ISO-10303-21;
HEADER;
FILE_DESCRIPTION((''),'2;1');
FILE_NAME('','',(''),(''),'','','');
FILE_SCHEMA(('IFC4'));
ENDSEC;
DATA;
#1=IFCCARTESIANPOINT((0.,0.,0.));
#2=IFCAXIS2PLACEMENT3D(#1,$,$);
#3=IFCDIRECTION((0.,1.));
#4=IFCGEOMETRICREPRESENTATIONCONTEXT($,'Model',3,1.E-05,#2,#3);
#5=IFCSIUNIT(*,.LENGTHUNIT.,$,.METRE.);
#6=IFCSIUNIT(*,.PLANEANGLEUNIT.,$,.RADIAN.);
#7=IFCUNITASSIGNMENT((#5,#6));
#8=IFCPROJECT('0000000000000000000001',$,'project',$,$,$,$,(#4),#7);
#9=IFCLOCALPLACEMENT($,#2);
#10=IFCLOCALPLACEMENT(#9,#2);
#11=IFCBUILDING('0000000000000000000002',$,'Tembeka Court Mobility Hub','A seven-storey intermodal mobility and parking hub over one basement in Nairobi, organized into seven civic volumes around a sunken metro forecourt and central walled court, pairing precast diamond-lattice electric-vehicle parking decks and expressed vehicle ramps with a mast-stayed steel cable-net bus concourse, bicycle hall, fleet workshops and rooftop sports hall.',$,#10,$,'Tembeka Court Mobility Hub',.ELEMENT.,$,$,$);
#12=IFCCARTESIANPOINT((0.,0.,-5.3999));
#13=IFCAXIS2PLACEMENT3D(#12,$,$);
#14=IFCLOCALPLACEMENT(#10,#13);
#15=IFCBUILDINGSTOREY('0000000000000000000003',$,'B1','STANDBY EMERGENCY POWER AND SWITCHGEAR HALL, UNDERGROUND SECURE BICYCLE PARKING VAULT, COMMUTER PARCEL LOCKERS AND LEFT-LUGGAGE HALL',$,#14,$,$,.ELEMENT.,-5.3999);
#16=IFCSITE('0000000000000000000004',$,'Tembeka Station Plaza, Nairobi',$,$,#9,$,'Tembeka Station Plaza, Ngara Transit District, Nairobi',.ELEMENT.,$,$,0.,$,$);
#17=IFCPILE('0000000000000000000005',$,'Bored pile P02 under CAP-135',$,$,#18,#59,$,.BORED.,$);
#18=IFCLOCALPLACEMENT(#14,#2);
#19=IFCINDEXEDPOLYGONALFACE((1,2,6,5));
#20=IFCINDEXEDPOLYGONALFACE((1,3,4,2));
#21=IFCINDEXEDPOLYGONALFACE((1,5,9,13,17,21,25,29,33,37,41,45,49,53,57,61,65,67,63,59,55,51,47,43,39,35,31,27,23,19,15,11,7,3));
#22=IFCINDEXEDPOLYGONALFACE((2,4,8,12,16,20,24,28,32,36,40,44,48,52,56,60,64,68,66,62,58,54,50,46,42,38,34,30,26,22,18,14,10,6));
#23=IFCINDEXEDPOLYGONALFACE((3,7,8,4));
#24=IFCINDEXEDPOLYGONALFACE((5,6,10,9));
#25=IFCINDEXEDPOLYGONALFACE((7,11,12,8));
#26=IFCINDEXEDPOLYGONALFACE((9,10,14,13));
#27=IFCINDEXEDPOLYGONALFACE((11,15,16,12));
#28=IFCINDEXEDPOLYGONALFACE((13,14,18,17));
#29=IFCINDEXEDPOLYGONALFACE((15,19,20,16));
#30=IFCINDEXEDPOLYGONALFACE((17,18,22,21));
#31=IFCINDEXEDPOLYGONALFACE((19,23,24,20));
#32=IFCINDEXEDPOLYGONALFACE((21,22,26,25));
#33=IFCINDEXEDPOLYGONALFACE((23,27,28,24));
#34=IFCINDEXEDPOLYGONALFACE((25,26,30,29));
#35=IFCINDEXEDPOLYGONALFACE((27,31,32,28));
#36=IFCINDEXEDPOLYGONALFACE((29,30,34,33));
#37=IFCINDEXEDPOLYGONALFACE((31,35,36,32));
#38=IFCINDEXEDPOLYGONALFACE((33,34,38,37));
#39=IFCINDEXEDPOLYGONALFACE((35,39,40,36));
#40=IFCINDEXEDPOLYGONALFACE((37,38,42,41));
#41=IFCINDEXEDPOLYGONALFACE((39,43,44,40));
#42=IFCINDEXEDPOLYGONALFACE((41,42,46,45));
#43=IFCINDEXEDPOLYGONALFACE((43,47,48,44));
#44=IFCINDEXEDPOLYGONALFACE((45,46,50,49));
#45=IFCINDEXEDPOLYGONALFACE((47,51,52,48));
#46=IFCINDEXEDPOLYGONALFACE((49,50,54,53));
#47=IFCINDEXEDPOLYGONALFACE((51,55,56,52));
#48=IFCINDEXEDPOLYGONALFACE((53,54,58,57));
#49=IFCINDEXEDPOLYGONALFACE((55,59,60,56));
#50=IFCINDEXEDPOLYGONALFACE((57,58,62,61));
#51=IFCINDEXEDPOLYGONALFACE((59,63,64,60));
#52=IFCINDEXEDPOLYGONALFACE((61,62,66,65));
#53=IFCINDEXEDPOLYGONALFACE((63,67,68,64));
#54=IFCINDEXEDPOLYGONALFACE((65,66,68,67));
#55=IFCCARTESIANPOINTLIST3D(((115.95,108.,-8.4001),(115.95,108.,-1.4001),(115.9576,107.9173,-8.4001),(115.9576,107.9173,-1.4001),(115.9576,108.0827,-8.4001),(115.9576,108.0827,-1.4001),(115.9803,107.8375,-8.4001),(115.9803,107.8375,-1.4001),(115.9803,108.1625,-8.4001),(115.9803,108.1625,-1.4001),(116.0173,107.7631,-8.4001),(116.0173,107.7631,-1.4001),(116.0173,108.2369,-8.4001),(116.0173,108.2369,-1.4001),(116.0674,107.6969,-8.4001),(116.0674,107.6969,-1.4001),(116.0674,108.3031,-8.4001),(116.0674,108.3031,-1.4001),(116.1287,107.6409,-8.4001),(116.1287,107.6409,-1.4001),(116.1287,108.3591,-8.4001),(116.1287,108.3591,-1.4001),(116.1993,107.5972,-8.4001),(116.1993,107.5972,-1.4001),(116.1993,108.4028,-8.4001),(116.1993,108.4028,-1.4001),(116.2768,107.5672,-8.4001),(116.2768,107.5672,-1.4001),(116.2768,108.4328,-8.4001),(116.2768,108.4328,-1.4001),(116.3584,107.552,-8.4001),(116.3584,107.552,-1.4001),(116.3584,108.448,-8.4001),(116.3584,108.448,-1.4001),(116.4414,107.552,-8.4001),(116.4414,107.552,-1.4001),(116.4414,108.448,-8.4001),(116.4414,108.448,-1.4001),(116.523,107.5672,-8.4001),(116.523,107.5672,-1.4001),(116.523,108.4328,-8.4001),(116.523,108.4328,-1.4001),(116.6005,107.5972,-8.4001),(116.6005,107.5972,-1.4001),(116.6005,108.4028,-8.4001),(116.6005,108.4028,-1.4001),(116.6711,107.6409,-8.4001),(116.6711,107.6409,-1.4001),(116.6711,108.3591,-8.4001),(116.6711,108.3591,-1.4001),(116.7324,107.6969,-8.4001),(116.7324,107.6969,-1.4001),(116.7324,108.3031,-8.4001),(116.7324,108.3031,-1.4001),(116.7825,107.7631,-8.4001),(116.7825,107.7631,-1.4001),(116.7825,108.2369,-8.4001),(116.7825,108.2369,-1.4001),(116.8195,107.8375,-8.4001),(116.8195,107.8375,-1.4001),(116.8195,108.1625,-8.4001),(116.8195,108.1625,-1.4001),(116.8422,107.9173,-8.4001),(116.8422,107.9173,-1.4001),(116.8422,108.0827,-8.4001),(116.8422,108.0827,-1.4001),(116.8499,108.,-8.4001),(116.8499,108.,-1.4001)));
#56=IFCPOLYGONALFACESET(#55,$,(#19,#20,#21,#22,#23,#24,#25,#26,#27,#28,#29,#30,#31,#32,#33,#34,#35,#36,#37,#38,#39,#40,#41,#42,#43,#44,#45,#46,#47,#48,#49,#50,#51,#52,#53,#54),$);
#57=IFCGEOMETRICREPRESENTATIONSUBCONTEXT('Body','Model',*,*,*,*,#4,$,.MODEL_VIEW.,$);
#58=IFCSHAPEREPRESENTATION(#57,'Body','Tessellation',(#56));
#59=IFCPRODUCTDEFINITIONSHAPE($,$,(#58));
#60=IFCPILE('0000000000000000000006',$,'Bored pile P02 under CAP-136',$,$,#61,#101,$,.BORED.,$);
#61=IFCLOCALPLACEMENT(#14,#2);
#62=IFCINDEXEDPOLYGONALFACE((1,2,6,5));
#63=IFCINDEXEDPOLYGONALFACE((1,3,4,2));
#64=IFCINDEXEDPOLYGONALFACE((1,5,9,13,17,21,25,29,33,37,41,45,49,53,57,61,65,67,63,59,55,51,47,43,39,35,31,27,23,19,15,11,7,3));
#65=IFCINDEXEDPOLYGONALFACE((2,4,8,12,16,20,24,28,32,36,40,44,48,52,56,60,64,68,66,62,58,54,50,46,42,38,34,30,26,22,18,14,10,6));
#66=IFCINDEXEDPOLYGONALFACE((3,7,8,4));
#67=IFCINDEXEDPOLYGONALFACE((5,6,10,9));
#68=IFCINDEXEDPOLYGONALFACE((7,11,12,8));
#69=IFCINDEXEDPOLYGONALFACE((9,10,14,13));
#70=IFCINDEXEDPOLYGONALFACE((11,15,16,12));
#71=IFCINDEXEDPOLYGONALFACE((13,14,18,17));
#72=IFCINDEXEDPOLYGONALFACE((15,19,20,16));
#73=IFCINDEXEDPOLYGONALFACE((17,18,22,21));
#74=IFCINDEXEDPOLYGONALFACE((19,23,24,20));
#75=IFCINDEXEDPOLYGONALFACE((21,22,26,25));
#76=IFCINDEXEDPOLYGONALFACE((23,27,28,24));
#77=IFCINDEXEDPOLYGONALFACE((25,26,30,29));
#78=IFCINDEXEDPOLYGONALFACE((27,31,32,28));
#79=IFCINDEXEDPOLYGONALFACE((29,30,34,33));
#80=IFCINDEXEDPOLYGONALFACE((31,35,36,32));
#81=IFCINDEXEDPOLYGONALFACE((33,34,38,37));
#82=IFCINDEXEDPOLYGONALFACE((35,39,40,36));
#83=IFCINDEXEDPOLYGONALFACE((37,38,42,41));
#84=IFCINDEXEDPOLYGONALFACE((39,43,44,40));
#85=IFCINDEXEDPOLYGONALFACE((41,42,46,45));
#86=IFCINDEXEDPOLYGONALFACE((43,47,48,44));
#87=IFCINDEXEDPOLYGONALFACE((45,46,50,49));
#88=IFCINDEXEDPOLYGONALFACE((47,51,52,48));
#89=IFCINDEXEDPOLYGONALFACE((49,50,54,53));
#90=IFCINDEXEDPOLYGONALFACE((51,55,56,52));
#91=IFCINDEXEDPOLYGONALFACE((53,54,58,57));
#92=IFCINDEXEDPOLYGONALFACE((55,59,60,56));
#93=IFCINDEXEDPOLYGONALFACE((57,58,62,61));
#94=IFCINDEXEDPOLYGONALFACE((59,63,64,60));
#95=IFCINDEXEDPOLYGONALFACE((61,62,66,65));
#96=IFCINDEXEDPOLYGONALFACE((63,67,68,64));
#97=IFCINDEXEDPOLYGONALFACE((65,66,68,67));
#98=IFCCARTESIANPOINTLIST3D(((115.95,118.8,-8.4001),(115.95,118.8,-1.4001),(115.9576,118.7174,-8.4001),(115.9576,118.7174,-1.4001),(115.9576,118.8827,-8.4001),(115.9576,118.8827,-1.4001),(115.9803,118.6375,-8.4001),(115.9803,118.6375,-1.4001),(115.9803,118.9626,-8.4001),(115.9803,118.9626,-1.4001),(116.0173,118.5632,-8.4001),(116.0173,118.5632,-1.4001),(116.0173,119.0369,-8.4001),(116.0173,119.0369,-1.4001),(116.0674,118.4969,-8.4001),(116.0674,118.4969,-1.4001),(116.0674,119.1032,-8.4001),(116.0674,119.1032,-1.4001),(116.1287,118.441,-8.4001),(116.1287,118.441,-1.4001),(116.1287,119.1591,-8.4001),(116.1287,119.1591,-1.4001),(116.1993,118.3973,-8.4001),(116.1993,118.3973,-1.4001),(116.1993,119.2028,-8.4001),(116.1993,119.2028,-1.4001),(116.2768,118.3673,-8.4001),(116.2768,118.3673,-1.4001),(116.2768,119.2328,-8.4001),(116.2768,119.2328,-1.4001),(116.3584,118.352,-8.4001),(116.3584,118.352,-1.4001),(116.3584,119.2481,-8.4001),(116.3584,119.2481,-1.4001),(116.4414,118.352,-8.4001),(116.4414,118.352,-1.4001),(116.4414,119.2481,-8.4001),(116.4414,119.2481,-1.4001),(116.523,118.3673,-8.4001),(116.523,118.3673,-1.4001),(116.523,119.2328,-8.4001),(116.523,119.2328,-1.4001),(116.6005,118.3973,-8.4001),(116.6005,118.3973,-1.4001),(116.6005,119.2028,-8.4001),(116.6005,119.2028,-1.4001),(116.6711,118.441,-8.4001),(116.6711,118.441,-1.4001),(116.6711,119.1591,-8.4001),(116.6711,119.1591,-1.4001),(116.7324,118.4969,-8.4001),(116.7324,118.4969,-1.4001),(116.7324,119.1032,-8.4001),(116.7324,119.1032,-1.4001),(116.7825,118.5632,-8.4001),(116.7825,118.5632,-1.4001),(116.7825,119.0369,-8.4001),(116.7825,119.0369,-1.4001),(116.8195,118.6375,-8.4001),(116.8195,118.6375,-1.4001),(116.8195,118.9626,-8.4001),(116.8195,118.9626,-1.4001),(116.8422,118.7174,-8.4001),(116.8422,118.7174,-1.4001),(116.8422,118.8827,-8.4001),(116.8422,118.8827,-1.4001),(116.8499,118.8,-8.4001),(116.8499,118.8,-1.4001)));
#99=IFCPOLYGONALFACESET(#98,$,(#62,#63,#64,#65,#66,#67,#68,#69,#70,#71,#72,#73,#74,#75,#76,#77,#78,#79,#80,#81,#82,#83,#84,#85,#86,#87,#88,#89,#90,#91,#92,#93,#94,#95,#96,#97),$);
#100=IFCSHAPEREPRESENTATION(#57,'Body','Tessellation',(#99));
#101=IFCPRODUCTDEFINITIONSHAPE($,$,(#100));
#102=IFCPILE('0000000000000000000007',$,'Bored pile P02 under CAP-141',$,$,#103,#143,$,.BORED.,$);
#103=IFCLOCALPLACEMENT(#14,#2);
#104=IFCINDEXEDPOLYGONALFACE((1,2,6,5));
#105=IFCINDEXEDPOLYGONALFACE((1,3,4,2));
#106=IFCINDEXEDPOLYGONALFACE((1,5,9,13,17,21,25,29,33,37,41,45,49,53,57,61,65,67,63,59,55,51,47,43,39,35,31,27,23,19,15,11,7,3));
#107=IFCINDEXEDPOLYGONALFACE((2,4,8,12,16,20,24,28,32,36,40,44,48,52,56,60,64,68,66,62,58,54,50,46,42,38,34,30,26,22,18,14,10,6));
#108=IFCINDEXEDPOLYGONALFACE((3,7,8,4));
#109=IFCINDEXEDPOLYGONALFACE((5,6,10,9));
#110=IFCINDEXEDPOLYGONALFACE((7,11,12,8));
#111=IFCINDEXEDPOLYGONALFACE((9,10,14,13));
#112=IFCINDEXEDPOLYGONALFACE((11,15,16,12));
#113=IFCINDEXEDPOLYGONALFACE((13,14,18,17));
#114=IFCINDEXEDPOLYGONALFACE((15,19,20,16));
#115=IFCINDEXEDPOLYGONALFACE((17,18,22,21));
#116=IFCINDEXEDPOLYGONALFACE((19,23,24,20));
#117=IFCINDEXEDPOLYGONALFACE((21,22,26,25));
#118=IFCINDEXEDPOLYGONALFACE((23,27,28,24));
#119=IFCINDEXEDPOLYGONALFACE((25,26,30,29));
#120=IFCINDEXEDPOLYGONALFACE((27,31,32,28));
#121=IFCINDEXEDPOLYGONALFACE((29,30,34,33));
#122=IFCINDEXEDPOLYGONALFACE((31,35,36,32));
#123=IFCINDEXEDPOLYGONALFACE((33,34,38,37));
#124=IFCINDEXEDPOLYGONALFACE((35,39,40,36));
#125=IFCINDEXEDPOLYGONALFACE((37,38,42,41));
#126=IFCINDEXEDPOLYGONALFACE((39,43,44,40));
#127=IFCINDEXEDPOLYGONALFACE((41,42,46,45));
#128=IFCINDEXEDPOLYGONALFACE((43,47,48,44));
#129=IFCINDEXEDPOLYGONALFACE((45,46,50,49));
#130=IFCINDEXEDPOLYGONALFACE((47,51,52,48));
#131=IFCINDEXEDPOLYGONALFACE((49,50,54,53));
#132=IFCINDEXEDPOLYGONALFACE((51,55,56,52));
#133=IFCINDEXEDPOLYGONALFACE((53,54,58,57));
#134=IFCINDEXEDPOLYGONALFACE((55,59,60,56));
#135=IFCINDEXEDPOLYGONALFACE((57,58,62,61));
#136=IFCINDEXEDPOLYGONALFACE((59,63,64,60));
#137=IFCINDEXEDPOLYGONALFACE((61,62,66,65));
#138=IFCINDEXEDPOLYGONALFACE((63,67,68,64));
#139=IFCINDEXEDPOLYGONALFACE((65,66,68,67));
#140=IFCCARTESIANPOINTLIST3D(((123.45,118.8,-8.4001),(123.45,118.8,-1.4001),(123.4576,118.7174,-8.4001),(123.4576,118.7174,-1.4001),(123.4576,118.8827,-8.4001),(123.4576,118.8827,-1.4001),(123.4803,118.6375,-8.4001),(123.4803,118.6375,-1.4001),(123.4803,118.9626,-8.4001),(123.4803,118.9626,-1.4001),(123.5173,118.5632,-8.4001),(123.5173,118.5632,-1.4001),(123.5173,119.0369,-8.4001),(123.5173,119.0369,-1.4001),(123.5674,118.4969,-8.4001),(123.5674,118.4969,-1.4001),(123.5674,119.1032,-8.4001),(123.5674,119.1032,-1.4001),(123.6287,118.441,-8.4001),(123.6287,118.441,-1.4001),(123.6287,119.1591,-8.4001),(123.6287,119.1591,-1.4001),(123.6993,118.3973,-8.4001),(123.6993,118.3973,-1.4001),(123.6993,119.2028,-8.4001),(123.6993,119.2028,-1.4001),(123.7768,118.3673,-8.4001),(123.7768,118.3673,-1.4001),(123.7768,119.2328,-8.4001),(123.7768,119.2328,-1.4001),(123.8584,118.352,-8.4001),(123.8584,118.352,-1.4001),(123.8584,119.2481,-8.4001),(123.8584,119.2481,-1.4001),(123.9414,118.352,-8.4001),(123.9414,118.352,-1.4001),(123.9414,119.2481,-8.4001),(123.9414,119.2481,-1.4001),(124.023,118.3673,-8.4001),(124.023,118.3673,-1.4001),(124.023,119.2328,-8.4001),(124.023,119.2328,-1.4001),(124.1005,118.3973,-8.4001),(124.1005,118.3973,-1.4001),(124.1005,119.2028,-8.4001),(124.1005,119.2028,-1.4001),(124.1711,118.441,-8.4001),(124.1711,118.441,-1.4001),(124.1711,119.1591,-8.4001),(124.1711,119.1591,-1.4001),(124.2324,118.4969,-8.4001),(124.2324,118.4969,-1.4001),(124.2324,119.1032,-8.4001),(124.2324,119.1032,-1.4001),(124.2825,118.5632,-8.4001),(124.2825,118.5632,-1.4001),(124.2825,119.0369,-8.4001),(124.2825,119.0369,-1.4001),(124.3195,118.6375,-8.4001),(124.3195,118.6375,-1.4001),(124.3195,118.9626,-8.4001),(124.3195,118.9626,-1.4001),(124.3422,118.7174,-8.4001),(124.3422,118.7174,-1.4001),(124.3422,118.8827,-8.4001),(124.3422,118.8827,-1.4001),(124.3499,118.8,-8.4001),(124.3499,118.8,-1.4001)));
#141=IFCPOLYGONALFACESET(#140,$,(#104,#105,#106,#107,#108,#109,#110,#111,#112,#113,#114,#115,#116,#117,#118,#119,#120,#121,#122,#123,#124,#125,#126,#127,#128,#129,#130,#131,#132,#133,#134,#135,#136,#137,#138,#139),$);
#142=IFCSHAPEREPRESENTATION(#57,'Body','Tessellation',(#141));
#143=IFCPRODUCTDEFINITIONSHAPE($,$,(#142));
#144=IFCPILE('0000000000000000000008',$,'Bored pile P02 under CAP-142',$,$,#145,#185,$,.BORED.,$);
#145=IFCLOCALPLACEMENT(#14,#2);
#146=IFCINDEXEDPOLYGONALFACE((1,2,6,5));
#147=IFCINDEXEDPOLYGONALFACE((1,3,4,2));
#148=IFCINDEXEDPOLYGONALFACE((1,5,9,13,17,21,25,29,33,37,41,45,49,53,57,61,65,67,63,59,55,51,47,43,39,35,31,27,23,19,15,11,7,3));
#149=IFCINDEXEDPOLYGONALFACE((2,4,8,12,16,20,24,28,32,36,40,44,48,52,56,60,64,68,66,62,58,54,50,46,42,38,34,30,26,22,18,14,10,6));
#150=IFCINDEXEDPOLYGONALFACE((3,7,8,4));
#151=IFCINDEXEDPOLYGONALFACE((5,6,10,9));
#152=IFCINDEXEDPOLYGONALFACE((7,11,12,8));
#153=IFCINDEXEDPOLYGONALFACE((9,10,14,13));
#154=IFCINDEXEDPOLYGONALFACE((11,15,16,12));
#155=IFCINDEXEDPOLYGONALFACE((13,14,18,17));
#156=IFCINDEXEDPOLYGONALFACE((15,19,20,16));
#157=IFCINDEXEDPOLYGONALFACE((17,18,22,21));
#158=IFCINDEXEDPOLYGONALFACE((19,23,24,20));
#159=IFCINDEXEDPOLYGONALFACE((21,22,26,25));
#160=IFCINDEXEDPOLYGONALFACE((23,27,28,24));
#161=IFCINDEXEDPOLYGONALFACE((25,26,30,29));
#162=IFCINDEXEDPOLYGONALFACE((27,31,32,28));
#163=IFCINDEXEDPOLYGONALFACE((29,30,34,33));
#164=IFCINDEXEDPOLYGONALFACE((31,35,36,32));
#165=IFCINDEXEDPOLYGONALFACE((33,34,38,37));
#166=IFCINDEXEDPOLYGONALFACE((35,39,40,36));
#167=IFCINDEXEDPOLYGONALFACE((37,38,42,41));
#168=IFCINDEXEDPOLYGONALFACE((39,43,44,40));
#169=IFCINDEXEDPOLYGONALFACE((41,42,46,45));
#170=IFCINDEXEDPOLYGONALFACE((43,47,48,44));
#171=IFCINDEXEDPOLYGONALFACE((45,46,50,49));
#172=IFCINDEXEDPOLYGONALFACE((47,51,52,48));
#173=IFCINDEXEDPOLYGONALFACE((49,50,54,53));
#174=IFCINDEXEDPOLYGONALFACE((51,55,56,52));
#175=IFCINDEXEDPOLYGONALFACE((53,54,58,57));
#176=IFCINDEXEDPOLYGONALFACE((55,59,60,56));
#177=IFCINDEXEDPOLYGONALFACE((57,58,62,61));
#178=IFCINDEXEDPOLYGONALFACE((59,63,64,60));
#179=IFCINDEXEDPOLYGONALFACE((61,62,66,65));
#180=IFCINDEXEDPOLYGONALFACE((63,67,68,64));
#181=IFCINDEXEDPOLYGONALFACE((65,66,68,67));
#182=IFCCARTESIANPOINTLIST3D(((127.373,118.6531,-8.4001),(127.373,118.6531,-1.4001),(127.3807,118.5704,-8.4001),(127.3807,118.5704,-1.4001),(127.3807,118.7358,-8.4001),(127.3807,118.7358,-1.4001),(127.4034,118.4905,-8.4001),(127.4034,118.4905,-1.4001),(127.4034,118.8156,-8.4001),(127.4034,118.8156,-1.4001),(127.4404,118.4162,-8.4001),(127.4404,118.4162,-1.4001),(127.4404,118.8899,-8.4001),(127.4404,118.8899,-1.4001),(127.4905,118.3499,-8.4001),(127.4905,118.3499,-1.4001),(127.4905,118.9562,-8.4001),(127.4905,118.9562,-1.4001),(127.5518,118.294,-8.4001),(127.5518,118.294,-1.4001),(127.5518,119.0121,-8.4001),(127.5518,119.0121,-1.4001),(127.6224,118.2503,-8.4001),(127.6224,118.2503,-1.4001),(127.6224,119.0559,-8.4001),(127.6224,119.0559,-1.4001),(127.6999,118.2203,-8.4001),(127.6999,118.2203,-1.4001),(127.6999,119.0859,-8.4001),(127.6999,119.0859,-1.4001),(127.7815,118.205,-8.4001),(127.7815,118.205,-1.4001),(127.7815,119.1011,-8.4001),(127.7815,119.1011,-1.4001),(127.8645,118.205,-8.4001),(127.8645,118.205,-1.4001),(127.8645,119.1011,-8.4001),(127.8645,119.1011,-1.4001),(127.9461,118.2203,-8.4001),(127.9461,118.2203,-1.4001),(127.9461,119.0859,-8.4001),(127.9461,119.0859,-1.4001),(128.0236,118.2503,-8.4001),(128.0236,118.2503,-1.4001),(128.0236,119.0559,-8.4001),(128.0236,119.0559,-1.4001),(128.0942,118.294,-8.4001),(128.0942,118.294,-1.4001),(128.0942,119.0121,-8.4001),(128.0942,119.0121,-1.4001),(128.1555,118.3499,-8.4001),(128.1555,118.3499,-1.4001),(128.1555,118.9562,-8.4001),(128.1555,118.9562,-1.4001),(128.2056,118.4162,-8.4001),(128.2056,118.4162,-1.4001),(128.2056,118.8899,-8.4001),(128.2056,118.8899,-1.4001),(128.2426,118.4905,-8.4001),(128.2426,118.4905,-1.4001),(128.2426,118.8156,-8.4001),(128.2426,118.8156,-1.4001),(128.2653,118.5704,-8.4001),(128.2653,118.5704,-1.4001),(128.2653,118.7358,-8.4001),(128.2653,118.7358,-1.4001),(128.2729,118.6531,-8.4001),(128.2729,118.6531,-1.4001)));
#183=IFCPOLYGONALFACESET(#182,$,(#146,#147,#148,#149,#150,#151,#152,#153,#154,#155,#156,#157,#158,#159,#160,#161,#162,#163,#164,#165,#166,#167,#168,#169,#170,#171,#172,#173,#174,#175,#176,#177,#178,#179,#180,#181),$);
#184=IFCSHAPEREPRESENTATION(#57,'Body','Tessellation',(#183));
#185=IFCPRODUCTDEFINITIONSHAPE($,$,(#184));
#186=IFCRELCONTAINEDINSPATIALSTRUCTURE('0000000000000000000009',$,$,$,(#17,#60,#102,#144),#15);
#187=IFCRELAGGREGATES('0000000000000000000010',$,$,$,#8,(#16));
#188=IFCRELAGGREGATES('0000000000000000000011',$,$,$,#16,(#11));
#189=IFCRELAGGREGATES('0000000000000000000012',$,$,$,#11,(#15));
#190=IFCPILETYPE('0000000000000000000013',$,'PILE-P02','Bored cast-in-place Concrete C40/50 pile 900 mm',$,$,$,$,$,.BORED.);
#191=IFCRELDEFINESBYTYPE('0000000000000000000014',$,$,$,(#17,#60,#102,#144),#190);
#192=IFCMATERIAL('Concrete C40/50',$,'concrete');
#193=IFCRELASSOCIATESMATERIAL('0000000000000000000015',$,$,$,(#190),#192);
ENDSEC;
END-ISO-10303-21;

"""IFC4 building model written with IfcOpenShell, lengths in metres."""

from ifc_helpers import new_model, si_unit, direction, frame, origin, origin_2d, place, context, subcontext, project, spatial, circle, extrude, material, material_profile, profile_set, type_object, element, save


model = new_model("IFC4")

# Units and contexts
model_context = context("Model", 3, precision=1e-05, world=origin(), true_north=direction((0.0, 1.0)))
body_context = subcontext(model_context, "Body", "Model", "MODEL_VIEW")
ifc_project = project(units=[si_unit("LENGTHUNIT", "METRE"), si_unit("PLANEANGLEUNIT", "RADIAN")], contexts=[model_context])

# Site, building, storey
site_placement = place(None, origin())
site = spatial("IfcSite", under=ifc_project, at=site_placement, Name="Tembeka Station Plaza, Nairobi", LongName="Tembeka Station Plaza, Ngara Transit District, Nairobi", CompositionType="ELEMENT", RefElevation=0.0)
building_placement = place(site_placement, origin())
building = spatial("IfcBuilding", under=site, at=building_placement, Name="Tembeka Court Mobility Hub", Description="A seven-storey intermodal mobility and parking hub over one basement in Nairobi, organized into seven civic volumes around a sunken metro forecourt and central walled court, pairing precast diamond-lattice electric-vehicle parking decks and expressed vehicle ramps with a mast-stayed steel cable-net bus concourse, bicycle hall, fleet workshops and rooftop sports hall.", LongName="Tembeka Court Mobility Hub", CompositionType="ELEMENT")
storey_placement = place(building_placement, frame((0.0, 0.0, -5.3999)))
storey = spatial("IfcBuildingStorey", under=building, at=storey_placement, Name="B1", Description="STANDBY EMERGENCY POWER AND SWITCHGEAR HALL, UNDERGROUND SECURE BICYCLE PARKING VAULT, COMMUTER PARCEL LOCKERS AND LEFT-LUGGAGE HALL", CompositionType="ELEMENT", Elevation=-5.3999)

# Shared definitions
ifc_material_1 = material(Name="Concrete C40/50", Category="concrete")

# Piles
ifc_material_profile_1 = material_profile(ifc_material_1, circle(Radius=0.45, at=origin_2d()), Name="PILE D900")
ifc_profile_set_1 = profile_set([ifc_material_profile_1], Name="Concrete C40/50")
pile_type = type_object("IfcPileType", Name="PILE-P02", Description="Bored cast-in-place Concrete C40/50 pile 900 mm", PredefinedType="BORED", material=ifc_profile_set_1)
for number, where, z_axis, x_axis, name in (
    (1, (116.3999, 108.0, -1.4001), (0.0, 0.0, -1.0), (1.0, 0.0, 0.0), "Bored pile P02 under CAP-135"),
    (2, (116.3999, 118.8, -1.4001), (0.0, 0.0, -1.0), (1.0, 0.0, 0.0), "Bored pile P02 under CAP-136"),
    (3, (123.8999, 118.8, -1.4001), (0.0, 0.0, -1.0), (1.0, 0.0, 0.0), "Bored pile P02 under CAP-141"),
    (4, (127.823, 118.6531, -1.4001), (0.0, 0.0, -1.0), (1.0, 0.0, 0.0), "Bored pile P02 under CAP-142"),
):
    element("IfcPile", number, at=place(storey_placement, frame(where, z_axis=z_axis, x_axis=x_axis)), inside=storey, type_object=pile_type, Name=name, PredefinedType="BORED", context=body_context, shape_type="SweptSolid", body=[
        extrude(circle(Radius=0.45, at=origin_2d()), origin(), (0.0, 0.0, 1.0), 7.0),
    ])

save(model, "model.ifc")
